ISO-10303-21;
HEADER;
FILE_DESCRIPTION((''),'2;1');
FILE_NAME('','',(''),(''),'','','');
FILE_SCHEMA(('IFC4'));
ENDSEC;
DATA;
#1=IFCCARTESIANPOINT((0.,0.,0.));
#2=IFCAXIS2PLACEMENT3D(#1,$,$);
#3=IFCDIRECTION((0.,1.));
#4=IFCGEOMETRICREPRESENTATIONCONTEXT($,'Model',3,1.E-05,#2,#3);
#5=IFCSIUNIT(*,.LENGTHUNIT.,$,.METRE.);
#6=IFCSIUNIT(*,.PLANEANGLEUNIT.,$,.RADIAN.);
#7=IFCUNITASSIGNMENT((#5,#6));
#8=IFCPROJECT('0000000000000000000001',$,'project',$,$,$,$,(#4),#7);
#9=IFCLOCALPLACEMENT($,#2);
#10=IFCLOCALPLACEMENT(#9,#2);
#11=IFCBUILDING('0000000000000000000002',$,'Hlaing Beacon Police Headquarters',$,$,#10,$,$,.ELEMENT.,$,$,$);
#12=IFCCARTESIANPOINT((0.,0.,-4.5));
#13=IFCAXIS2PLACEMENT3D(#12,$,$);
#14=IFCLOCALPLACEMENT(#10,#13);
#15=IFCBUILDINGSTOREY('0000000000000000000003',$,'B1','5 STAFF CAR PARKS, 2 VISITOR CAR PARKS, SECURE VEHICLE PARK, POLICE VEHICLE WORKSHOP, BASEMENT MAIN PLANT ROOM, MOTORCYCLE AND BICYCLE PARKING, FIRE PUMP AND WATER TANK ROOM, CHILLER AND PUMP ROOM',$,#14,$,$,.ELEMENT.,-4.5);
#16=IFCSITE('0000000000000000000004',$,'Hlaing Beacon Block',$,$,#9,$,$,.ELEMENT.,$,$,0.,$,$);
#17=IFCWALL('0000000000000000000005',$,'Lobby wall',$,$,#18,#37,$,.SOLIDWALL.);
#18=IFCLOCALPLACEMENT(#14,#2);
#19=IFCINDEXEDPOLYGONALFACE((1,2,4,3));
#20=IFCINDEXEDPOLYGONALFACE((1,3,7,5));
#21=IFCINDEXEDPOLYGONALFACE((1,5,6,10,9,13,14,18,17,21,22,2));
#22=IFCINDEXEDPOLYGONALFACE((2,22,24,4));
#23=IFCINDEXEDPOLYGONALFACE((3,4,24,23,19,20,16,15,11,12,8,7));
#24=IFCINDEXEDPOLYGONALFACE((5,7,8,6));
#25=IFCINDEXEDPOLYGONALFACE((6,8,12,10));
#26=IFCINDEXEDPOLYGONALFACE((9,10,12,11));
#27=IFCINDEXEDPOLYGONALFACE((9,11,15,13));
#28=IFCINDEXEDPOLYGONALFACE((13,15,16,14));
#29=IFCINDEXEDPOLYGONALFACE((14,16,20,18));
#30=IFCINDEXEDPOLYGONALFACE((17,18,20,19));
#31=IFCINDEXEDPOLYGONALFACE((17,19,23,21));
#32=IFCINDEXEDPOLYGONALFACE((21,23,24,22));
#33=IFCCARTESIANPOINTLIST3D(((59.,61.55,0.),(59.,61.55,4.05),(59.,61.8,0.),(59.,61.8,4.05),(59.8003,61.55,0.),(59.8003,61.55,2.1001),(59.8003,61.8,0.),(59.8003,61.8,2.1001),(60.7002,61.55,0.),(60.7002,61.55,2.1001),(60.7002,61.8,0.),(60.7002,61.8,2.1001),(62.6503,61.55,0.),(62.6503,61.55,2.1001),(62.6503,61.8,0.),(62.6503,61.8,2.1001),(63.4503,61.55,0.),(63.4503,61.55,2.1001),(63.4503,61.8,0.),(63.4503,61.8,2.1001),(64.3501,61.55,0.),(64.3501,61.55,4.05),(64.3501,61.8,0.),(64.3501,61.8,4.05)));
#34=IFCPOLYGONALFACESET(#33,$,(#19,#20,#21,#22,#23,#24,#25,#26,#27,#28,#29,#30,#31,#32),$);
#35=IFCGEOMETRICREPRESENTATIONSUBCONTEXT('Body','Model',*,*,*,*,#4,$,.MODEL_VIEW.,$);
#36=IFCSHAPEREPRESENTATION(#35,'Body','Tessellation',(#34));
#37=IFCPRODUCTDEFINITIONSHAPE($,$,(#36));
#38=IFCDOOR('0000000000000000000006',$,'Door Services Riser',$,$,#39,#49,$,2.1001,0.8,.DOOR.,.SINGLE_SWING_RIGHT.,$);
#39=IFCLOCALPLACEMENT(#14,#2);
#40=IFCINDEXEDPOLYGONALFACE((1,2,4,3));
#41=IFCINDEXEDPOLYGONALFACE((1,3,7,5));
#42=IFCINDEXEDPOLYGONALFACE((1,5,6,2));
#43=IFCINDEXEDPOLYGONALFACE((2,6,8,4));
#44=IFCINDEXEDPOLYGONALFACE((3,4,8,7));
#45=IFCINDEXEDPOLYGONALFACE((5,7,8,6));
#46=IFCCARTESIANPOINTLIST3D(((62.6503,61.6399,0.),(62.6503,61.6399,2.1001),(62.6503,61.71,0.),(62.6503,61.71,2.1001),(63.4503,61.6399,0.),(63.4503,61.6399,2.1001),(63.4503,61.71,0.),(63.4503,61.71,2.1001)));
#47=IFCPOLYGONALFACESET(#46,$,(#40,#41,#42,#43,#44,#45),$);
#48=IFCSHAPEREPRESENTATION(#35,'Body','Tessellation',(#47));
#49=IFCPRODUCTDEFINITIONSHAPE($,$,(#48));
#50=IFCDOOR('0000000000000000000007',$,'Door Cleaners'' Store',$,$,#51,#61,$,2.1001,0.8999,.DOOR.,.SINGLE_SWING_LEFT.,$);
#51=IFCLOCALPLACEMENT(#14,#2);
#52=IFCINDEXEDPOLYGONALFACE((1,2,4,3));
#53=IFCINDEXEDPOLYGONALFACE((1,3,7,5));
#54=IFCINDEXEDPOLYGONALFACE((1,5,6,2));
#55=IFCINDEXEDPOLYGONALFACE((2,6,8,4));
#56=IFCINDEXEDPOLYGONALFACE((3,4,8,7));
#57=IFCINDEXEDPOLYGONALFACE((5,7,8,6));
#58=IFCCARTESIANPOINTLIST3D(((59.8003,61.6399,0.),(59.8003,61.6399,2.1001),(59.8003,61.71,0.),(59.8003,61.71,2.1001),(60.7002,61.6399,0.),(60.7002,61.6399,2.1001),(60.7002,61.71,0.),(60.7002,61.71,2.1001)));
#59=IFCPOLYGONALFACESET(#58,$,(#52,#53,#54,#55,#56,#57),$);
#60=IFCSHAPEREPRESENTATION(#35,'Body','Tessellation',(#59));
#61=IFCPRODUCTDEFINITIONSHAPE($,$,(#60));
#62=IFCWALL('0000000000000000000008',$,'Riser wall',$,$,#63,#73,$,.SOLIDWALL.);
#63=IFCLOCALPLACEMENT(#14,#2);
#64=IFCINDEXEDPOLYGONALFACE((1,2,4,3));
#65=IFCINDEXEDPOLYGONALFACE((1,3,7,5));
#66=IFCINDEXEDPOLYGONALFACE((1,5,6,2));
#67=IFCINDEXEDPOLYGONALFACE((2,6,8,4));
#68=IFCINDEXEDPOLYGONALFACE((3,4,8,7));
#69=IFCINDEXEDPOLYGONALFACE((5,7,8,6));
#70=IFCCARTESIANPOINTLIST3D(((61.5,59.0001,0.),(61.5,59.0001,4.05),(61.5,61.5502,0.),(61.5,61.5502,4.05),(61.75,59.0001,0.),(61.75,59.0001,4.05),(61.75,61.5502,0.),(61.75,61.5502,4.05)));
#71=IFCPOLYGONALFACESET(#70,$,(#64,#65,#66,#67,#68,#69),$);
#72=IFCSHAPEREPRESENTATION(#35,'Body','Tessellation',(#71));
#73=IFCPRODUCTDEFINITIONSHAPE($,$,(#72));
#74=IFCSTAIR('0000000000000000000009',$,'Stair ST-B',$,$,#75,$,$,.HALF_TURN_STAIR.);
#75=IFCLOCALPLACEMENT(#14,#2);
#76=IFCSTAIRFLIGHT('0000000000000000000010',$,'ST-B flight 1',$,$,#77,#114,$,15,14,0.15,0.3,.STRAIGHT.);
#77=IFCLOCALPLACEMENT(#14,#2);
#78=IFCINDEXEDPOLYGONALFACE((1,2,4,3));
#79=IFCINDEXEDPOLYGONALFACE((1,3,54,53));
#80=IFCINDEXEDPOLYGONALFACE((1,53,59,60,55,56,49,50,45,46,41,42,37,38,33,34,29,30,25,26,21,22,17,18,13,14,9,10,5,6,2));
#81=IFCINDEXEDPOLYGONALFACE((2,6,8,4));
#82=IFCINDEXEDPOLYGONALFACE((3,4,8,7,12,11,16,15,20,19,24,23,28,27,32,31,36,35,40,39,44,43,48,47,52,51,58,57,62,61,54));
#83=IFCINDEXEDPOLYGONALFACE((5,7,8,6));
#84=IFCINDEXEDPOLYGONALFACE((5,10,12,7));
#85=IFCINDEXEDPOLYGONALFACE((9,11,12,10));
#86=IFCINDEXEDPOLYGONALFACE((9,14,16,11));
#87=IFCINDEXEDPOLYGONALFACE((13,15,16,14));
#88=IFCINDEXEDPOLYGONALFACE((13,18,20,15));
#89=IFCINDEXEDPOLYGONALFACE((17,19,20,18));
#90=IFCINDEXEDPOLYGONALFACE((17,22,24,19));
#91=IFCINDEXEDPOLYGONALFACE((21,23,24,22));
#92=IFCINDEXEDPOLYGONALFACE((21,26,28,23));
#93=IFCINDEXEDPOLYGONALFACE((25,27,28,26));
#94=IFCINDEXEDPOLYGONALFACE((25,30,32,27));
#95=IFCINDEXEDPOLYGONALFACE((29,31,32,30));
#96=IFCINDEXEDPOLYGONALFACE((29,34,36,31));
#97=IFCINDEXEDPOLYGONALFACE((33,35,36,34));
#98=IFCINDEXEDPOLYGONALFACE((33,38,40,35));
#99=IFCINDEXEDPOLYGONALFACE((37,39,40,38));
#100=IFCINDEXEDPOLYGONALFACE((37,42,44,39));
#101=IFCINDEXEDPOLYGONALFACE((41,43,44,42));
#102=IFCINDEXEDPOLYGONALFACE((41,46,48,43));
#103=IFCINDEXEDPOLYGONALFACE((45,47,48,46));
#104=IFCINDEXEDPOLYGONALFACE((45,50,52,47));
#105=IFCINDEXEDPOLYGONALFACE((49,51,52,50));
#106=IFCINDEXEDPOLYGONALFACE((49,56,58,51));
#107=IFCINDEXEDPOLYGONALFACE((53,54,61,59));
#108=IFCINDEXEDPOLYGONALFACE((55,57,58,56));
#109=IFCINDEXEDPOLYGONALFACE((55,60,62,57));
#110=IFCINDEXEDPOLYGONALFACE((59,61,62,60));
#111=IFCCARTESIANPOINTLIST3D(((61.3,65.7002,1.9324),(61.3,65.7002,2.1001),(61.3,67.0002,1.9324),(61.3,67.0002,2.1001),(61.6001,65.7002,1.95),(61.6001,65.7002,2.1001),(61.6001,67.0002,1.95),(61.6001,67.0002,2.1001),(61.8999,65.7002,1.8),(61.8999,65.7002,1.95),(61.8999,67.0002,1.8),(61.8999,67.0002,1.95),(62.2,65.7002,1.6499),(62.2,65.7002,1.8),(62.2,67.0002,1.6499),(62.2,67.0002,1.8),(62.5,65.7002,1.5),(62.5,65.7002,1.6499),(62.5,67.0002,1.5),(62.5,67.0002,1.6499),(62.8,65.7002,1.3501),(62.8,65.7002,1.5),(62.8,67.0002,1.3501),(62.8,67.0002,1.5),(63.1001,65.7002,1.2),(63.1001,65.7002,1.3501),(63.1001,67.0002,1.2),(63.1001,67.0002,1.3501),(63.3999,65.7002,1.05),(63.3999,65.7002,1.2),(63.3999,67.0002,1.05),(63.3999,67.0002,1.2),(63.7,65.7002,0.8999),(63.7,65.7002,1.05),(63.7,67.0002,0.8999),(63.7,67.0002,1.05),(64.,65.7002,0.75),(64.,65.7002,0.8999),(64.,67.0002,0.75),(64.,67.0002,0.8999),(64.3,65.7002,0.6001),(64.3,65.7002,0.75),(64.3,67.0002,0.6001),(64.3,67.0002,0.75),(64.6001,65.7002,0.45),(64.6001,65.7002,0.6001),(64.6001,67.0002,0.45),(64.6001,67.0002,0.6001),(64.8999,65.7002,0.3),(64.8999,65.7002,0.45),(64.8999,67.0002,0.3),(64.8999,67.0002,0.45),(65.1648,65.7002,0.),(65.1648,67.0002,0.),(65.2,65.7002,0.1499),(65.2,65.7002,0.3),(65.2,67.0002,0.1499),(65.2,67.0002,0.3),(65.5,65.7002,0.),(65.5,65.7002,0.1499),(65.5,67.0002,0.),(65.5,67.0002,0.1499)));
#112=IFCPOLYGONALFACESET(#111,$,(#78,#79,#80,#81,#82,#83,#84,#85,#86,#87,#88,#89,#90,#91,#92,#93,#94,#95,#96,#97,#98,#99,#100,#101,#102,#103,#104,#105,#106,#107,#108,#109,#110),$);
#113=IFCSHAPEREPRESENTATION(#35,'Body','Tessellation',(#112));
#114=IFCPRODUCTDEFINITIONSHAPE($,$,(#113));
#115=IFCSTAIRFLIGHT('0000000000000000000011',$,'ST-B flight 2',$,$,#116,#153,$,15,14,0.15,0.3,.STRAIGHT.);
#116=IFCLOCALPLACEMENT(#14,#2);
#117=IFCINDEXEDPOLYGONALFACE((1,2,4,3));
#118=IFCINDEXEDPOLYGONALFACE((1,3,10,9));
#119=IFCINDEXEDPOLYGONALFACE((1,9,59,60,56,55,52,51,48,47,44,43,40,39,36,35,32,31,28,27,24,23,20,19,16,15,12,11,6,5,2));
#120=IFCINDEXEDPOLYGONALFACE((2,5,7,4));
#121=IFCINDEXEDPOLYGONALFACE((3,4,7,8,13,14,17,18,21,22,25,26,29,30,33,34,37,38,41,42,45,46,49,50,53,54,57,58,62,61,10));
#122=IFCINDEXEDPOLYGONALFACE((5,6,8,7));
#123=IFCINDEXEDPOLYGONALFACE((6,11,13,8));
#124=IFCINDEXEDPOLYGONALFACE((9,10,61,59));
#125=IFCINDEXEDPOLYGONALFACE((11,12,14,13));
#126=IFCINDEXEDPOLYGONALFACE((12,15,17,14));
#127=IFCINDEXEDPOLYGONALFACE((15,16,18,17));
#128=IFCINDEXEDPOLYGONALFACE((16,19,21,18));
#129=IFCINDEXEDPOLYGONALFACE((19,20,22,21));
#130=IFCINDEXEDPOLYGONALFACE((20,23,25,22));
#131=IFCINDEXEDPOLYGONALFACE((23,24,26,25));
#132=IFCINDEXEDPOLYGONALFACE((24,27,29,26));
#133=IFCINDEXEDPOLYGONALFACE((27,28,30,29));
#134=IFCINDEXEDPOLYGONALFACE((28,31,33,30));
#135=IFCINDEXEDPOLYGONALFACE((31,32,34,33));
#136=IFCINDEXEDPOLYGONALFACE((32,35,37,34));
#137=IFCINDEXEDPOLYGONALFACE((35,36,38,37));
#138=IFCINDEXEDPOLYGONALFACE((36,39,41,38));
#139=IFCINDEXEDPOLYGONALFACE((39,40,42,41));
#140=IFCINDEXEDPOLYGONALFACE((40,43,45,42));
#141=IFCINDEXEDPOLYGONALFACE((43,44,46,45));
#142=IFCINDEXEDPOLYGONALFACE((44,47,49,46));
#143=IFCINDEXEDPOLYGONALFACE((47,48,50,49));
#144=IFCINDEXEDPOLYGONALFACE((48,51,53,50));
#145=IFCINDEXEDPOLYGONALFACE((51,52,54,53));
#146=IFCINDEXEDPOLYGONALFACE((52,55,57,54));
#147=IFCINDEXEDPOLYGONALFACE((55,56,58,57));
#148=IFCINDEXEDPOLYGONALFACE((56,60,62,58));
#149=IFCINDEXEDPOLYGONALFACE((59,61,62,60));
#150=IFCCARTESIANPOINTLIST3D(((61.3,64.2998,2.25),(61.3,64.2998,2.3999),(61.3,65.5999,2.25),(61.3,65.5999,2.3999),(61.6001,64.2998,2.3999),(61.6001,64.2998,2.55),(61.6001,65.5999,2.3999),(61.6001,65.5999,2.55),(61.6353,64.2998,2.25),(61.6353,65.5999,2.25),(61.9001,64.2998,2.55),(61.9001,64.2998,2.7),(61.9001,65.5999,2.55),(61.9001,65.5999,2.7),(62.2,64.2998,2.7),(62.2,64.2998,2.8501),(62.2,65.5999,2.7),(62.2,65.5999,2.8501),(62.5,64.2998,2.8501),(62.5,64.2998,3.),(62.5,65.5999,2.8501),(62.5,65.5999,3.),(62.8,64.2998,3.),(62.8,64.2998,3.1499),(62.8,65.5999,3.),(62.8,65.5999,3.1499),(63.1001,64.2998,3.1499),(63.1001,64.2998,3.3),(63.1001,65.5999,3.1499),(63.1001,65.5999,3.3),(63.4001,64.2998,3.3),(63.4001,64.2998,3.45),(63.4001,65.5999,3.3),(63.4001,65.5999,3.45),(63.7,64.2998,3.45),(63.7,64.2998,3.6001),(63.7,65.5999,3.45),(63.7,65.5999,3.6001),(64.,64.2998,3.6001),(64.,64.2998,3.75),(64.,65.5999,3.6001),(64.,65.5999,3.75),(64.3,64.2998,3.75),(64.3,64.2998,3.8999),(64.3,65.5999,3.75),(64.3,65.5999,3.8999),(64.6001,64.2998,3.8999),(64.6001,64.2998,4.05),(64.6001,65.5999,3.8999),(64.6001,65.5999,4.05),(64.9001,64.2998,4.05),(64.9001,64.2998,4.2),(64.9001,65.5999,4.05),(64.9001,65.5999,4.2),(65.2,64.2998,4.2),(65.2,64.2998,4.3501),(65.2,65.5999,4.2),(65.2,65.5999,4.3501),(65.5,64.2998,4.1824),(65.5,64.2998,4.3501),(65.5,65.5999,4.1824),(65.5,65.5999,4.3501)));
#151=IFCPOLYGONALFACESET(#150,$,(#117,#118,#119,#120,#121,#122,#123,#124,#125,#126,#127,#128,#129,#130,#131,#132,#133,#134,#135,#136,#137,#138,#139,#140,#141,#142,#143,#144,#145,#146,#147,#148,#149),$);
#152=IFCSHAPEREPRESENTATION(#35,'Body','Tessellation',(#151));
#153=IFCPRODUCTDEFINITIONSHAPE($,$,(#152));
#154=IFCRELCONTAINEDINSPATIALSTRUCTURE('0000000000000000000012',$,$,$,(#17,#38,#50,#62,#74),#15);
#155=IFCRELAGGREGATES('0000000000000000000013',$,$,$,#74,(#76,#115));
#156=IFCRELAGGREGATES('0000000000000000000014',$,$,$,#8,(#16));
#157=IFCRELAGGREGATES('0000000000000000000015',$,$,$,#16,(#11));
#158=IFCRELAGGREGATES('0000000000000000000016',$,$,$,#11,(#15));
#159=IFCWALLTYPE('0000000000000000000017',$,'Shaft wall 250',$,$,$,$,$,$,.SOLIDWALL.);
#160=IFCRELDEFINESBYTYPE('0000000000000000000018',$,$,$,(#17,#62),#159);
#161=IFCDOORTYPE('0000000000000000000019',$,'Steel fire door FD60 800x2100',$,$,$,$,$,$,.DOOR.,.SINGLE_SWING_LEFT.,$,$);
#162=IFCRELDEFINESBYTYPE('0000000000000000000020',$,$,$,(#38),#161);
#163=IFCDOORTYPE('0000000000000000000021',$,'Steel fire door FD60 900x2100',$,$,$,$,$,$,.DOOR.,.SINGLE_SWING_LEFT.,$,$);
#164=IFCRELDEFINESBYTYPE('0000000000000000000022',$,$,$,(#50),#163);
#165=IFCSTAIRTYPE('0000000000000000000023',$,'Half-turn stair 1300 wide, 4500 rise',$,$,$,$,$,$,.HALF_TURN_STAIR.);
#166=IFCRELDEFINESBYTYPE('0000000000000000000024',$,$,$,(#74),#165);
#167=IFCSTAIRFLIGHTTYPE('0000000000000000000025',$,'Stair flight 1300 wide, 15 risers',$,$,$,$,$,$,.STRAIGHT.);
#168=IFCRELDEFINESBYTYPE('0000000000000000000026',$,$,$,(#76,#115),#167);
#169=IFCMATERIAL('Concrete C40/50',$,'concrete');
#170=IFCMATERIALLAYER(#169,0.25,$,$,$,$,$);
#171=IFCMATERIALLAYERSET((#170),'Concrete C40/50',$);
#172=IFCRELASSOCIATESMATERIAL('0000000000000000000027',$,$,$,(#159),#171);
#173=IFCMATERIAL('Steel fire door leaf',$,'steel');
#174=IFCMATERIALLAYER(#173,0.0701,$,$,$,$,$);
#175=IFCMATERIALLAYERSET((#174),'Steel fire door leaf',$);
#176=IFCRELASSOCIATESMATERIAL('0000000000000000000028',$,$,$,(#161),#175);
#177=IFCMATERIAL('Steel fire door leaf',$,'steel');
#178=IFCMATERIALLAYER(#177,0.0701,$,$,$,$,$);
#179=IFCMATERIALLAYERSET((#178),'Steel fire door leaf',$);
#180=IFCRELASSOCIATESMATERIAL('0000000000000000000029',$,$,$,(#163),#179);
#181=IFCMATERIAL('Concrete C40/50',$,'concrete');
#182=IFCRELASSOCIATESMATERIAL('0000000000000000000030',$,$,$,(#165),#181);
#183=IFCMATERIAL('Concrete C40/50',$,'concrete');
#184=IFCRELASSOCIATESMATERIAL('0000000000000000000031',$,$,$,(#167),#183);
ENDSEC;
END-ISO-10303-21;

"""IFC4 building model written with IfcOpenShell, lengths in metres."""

from ifc_helpers import new_model, si_unit, direction, frame, frame_2d, origin, place, context, subcontext, project, spatial, polyline, rectangle, outline, extrude, material, layer, layer_set, type_object, element, fill, aggregate, save


model = new_model("IFC4")

# Units and contexts
model_context = context("Model", 3, precision=1e-05, world=origin(), true_north=direction((0.0, 1.0)))
body_context = subcontext(model_context, "Body", "Model", "MODEL_VIEW")
ifc_project = project(units=[si_unit("LENGTHUNIT", "METRE"), si_unit("PLANEANGLEUNIT", "RADIAN")], contexts=[model_context])

# Site, building, storey
site_placement = place(None, origin())
site = spatial("IfcSite", under=ifc_project, at=site_placement, Name="Hlaing Beacon Block", CompositionType="ELEMENT", RefElevation=0.0)
building_placement = place(site_placement, origin())
building = spatial("IfcBuilding", under=site, at=building_placement, Name="Hlaing Beacon Police Headquarters", CompositionType="ELEMENT")
storey_placement = place(building_placement, frame((0.0, 0.0, -4.5)))
storey = spatial("IfcBuildingStorey", under=building, at=storey_placement, Name="B1", Description="5 STAFF CAR PARKS, 2 VISITOR CAR PARKS, SECURE VEHICLE PARK, POLICE VEHICLE WORKSHOP, BASEMENT MAIN PLANT ROOM, MOTORCYCLE AND BICYCLE PARKING, FIRE PUMP AND WATER TANK ROOM, CHILLER AND PUMP ROOM", CompositionType="ELEMENT", Elevation=-4.5)

# Shared definitions
ifc_material_1 = material(Name="Concrete C40/50", Category="concrete")
ifc_layer_1 = layer(ifc_material_1, 0.25)
ifc_layer_set_1 = layer_set([ifc_layer_1], Name="Concrete C40/50")
wall_type_1 = type_object("IfcWallType", Name="Shaft wall 250", PredefinedType="SOLIDWALL", material=ifc_layer_set_1)

# Wall, openings, doors
wall_1_placement = place(storey_placement, frame((64.3501, 61.675, 0.0), z_axis=(0.0, 0.0, 1.0), x_axis=(-1.0, 0.0, 0.0)))
wall_1 = element("IfcWall", 1, at=wall_1_placement, inside=storey, type_object=wall_type_1, Name="Lobby wall", PredefinedType="SOLIDWALL", context=body_context, shape_type="SweptSolid", body=[
    extrude(rectangle(XDim=5.3501, YDim=0.25, at=frame_2d((2.675, 0.0))), origin(), (0.0, 0.0, 1.0), 4.05),
])
opening_1_placement = place(wall_1_placement, frame((3.6499, 0.0, 0.0)))
opening_1 = element("IfcOpeningElement", 2, at=opening_1_placement, cuts=wall_1, PredefinedType="OPENING", context=body_context, shape_type="SweptSolid", body=[
    extrude(rectangle(XDim=0.8999, YDim=2.1001, at=frame_2d((0.45, 1.05))), frame((0.0, 0.135, 0.0), z_axis=(0.0, -1.0, 0.0), x_axis=(1.0, 0.0, 0.0)), (0.0, 0.0, 1.0), 0.27),
])
opening_2_placement = place(wall_1_placement, frame((0.8999, 0.0, 0.0)))
opening_2 = element("IfcOpeningElement", 3, at=opening_2_placement, cuts=wall_1, PredefinedType="OPENING", context=body_context, shape_type="SweptSolid", body=[
    extrude(rectangle(XDim=0.8, YDim=2.1001, at=frame_2d((0.3999, 1.05))), frame((0.0, 0.135, 0.0), z_axis=(0.0, -1.0, 0.0), x_axis=(1.0, 0.0, 0.0)), (0.0, 0.0, 1.0), 0.27),
])
ifc_material_2 = material(Name="Steel fire door leaf", Category="steel")
ifc_layer_2 = layer(ifc_material_2, 0.0701)
ifc_layer_set_2 = layer_set([ifc_layer_2], Name="Steel fire door leaf")
door_type_1 = type_object("IfcDoorType", Name="Steel fire door FD60 800x2100", OperationType="SINGLE_SWING_LEFT", PredefinedType="DOOR", material=ifc_layer_set_2)
door_1_placement = place(opening_2_placement, origin())
door_1 = element("IfcDoor", 4, at=door_1_placement, inside=storey, type_object=door_type_1, Name="Door Services Riser", OperationType="SINGLE_SWING_RIGHT", OverallHeight=2.1001, OverallWidth=0.8, PredefinedType="DOOR", context=body_context, shape_type="SweptSolid", body=[
    extrude(rectangle(XDim=0.8, YDim=2.1001, at=frame_2d((0.3999, 1.05))), frame((0.0, 0.0352, 0.0), z_axis=(0.0, -1.0, 0.0), x_axis=(1.0, 0.0, 0.0)), (0.0, 0.0, 1.0), 0.0701),
])
fill(opening_2, door_1)
ifc_material_3 = material(Name="Steel fire door leaf", Category="steel")
ifc_layer_3 = layer(ifc_material_3, 0.0701)
ifc_layer_set_3 = layer_set([ifc_layer_3], Name="Steel fire door leaf")
door_type_2 = type_object("IfcDoorType", Name="Steel fire door FD60 900x2100", OperationType="SINGLE_SWING_LEFT", PredefinedType="DOOR", material=ifc_layer_set_3)
door_2_placement = place(opening_1_placement, origin())
door_2 = element("IfcDoor", 5, at=door_2_placement, inside=storey, type_object=door_type_2, Name="Door Cleaners' Store", OperationType="SINGLE_SWING_LEFT", OverallHeight=2.1001, OverallWidth=0.8999, PredefinedType="DOOR", context=body_context, shape_type="SweptSolid", body=[
    extrude(rectangle(XDim=0.8999, YDim=2.1001, at=frame_2d((0.45, 1.05))), frame((0.0, 0.0352, 0.0), z_axis=(0.0, -1.0, 0.0), x_axis=(1.0, 0.0, 0.0)), (0.0, 0.0, 1.0), 0.0701),
])
fill(opening_1, door_2)

# Wall
wall_2_placement = place(storey_placement, frame((61.625, 61.55, 0.0), z_axis=(0.0, 0.0, 1.0), x_axis=(0.0, -1.0, 0.0)))
element("IfcWall", 6, at=wall_2_placement, inside=storey, type_object=wall_type_1, Name="Riser wall", PredefinedType="SOLIDWALL", context=body_context, shape_type="SweptSolid", body=[
    extrude(rectangle(XDim=2.55, YDim=0.25, at=frame_2d((1.2749, 0.0))), origin(), (0.0, 0.0, 1.0), 4.05),
])

# Stair, stair flights
ifc_material_4 = material(Name="Concrete C40/50", Category="concrete")
stair_type = type_object("IfcStairType", Name="Half-turn stair 1300 wide, 4500 rise", PredefinedType="HALF_TURN_STAIR", material=ifc_material_4)
stair_placement = place(storey_placement, origin())
stair = element("IfcStair", 7, at=stair_placement, inside=storey, type_object=stair_type, Name="Stair ST-B", PredefinedType="HALF_TURN_STAIR")
ifc_material_5 = material(Name="Concrete C40/50", Category="concrete")
stair_flight_type = type_object("IfcStairFlightType", Name="Stair flight 1300 wide, 15 risers", PredefinedType="STRAIGHT", material=ifc_material_5)
stair_flight_1_placement = place(storey_placement, frame((65.5, 66.3501, 0.0), z_axis=(0.0, 0.0, 1.0), x_axis=(-1.0, 0.0, 0.0)))
stair_flight_1 = element("IfcStairFlight", 8, at=stair_flight_1_placement, type_object=stair_flight_type, Name="ST-B flight 1", NumberOfRisers=15, NumberOfTreads=14, PredefinedType="STRAIGHT", RiserHeight=0.15, TreadLength=0.3, context=body_context, shape_type="SweptSolid", body=[
    extrude(outline(polyline([(0.0, 0.0), (0.0, 0.1499), (0.3, 0.1499), (0.3, 0.3), (0.6001, 0.3), (0.6001, 0.45), (0.8999, 0.45), (0.8999, 0.6001), (1.2, 0.6001), (1.2, 0.75), (1.5, 0.75), (1.5, 0.8999), (1.8, 0.8999), (1.8, 1.05), (2.1001, 1.05), (2.1001, 1.2), (2.3999, 1.2), (2.3999, 1.3501), (2.7, 1.3501), (2.7, 1.5), (3.0, 1.5), (3.0, 1.6499), (3.3, 1.6499), (3.3, 1.8), (3.6001, 1.8), (3.6001, 1.95), (3.8999, 1.95), (3.8999, 2.1001), (4.2, 2.1001), (4.2, 2.25), (4.2, 1.9324), (0.3352, 0.0), (0.0, 0.0)])), frame((0.0, 0.6499, 0.0), z_axis=(0.0, -1.0, 0.0), x_axis=(1.0, 0.0, 0.0)), (0.0, 0.0, 1.0), 1.3),
])
stair_flight_2_placement = place(storey_placement, frame((61.3, 64.95, 2.25), z_axis=(0.0, 0.0, 1.0), x_axis=(1.0, 0.0, 0.0)))
stair_flight_2 = element("IfcStairFlight", 9, at=stair_flight_2_placement, type_object=stair_flight_type, Name="ST-B flight 2", NumberOfRisers=15, NumberOfTreads=14, PredefinedType="STRAIGHT", RiserHeight=0.15, TreadLength=0.3, context=body_context, shape_type="SweptSolid", body=[
    extrude(outline(polyline([(0.0, 0.0), (0.0, 0.1499), (0.3, 0.1499), (0.3, 0.3), (0.6001, 0.3), (0.6001, 0.45), (0.8999, 0.45), (0.8999, 0.6001), (1.2, 0.6001), (1.2, 0.75), (1.5, 0.75), (1.5, 0.8999), (1.8, 0.8999), (1.8, 1.05), (2.1001, 1.05), (2.1001, 1.2), (2.3999, 1.2), (2.3999, 1.3501), (2.7, 1.3501), (2.7, 1.5), (3.0, 1.5), (3.0, 1.6499), (3.3, 1.6499), (3.3, 1.8), (3.6001, 1.8), (3.6001, 1.95), (3.8999, 1.95), (3.8999, 2.1001), (4.2, 2.1001), (4.2, 2.25), (4.2, 1.9324), (0.3352, 0.0), (0.0, 0.0)])), frame((0.0, 0.6499, 0.0), z_axis=(0.0, -1.0, 0.0), x_axis=(1.0, 0.0, 0.0)), (0.0, 0.0, 1.0), 1.3),
])
aggregate(stair, [stair_flight_1, stair_flight_2])

save(model, "model.ifc")
